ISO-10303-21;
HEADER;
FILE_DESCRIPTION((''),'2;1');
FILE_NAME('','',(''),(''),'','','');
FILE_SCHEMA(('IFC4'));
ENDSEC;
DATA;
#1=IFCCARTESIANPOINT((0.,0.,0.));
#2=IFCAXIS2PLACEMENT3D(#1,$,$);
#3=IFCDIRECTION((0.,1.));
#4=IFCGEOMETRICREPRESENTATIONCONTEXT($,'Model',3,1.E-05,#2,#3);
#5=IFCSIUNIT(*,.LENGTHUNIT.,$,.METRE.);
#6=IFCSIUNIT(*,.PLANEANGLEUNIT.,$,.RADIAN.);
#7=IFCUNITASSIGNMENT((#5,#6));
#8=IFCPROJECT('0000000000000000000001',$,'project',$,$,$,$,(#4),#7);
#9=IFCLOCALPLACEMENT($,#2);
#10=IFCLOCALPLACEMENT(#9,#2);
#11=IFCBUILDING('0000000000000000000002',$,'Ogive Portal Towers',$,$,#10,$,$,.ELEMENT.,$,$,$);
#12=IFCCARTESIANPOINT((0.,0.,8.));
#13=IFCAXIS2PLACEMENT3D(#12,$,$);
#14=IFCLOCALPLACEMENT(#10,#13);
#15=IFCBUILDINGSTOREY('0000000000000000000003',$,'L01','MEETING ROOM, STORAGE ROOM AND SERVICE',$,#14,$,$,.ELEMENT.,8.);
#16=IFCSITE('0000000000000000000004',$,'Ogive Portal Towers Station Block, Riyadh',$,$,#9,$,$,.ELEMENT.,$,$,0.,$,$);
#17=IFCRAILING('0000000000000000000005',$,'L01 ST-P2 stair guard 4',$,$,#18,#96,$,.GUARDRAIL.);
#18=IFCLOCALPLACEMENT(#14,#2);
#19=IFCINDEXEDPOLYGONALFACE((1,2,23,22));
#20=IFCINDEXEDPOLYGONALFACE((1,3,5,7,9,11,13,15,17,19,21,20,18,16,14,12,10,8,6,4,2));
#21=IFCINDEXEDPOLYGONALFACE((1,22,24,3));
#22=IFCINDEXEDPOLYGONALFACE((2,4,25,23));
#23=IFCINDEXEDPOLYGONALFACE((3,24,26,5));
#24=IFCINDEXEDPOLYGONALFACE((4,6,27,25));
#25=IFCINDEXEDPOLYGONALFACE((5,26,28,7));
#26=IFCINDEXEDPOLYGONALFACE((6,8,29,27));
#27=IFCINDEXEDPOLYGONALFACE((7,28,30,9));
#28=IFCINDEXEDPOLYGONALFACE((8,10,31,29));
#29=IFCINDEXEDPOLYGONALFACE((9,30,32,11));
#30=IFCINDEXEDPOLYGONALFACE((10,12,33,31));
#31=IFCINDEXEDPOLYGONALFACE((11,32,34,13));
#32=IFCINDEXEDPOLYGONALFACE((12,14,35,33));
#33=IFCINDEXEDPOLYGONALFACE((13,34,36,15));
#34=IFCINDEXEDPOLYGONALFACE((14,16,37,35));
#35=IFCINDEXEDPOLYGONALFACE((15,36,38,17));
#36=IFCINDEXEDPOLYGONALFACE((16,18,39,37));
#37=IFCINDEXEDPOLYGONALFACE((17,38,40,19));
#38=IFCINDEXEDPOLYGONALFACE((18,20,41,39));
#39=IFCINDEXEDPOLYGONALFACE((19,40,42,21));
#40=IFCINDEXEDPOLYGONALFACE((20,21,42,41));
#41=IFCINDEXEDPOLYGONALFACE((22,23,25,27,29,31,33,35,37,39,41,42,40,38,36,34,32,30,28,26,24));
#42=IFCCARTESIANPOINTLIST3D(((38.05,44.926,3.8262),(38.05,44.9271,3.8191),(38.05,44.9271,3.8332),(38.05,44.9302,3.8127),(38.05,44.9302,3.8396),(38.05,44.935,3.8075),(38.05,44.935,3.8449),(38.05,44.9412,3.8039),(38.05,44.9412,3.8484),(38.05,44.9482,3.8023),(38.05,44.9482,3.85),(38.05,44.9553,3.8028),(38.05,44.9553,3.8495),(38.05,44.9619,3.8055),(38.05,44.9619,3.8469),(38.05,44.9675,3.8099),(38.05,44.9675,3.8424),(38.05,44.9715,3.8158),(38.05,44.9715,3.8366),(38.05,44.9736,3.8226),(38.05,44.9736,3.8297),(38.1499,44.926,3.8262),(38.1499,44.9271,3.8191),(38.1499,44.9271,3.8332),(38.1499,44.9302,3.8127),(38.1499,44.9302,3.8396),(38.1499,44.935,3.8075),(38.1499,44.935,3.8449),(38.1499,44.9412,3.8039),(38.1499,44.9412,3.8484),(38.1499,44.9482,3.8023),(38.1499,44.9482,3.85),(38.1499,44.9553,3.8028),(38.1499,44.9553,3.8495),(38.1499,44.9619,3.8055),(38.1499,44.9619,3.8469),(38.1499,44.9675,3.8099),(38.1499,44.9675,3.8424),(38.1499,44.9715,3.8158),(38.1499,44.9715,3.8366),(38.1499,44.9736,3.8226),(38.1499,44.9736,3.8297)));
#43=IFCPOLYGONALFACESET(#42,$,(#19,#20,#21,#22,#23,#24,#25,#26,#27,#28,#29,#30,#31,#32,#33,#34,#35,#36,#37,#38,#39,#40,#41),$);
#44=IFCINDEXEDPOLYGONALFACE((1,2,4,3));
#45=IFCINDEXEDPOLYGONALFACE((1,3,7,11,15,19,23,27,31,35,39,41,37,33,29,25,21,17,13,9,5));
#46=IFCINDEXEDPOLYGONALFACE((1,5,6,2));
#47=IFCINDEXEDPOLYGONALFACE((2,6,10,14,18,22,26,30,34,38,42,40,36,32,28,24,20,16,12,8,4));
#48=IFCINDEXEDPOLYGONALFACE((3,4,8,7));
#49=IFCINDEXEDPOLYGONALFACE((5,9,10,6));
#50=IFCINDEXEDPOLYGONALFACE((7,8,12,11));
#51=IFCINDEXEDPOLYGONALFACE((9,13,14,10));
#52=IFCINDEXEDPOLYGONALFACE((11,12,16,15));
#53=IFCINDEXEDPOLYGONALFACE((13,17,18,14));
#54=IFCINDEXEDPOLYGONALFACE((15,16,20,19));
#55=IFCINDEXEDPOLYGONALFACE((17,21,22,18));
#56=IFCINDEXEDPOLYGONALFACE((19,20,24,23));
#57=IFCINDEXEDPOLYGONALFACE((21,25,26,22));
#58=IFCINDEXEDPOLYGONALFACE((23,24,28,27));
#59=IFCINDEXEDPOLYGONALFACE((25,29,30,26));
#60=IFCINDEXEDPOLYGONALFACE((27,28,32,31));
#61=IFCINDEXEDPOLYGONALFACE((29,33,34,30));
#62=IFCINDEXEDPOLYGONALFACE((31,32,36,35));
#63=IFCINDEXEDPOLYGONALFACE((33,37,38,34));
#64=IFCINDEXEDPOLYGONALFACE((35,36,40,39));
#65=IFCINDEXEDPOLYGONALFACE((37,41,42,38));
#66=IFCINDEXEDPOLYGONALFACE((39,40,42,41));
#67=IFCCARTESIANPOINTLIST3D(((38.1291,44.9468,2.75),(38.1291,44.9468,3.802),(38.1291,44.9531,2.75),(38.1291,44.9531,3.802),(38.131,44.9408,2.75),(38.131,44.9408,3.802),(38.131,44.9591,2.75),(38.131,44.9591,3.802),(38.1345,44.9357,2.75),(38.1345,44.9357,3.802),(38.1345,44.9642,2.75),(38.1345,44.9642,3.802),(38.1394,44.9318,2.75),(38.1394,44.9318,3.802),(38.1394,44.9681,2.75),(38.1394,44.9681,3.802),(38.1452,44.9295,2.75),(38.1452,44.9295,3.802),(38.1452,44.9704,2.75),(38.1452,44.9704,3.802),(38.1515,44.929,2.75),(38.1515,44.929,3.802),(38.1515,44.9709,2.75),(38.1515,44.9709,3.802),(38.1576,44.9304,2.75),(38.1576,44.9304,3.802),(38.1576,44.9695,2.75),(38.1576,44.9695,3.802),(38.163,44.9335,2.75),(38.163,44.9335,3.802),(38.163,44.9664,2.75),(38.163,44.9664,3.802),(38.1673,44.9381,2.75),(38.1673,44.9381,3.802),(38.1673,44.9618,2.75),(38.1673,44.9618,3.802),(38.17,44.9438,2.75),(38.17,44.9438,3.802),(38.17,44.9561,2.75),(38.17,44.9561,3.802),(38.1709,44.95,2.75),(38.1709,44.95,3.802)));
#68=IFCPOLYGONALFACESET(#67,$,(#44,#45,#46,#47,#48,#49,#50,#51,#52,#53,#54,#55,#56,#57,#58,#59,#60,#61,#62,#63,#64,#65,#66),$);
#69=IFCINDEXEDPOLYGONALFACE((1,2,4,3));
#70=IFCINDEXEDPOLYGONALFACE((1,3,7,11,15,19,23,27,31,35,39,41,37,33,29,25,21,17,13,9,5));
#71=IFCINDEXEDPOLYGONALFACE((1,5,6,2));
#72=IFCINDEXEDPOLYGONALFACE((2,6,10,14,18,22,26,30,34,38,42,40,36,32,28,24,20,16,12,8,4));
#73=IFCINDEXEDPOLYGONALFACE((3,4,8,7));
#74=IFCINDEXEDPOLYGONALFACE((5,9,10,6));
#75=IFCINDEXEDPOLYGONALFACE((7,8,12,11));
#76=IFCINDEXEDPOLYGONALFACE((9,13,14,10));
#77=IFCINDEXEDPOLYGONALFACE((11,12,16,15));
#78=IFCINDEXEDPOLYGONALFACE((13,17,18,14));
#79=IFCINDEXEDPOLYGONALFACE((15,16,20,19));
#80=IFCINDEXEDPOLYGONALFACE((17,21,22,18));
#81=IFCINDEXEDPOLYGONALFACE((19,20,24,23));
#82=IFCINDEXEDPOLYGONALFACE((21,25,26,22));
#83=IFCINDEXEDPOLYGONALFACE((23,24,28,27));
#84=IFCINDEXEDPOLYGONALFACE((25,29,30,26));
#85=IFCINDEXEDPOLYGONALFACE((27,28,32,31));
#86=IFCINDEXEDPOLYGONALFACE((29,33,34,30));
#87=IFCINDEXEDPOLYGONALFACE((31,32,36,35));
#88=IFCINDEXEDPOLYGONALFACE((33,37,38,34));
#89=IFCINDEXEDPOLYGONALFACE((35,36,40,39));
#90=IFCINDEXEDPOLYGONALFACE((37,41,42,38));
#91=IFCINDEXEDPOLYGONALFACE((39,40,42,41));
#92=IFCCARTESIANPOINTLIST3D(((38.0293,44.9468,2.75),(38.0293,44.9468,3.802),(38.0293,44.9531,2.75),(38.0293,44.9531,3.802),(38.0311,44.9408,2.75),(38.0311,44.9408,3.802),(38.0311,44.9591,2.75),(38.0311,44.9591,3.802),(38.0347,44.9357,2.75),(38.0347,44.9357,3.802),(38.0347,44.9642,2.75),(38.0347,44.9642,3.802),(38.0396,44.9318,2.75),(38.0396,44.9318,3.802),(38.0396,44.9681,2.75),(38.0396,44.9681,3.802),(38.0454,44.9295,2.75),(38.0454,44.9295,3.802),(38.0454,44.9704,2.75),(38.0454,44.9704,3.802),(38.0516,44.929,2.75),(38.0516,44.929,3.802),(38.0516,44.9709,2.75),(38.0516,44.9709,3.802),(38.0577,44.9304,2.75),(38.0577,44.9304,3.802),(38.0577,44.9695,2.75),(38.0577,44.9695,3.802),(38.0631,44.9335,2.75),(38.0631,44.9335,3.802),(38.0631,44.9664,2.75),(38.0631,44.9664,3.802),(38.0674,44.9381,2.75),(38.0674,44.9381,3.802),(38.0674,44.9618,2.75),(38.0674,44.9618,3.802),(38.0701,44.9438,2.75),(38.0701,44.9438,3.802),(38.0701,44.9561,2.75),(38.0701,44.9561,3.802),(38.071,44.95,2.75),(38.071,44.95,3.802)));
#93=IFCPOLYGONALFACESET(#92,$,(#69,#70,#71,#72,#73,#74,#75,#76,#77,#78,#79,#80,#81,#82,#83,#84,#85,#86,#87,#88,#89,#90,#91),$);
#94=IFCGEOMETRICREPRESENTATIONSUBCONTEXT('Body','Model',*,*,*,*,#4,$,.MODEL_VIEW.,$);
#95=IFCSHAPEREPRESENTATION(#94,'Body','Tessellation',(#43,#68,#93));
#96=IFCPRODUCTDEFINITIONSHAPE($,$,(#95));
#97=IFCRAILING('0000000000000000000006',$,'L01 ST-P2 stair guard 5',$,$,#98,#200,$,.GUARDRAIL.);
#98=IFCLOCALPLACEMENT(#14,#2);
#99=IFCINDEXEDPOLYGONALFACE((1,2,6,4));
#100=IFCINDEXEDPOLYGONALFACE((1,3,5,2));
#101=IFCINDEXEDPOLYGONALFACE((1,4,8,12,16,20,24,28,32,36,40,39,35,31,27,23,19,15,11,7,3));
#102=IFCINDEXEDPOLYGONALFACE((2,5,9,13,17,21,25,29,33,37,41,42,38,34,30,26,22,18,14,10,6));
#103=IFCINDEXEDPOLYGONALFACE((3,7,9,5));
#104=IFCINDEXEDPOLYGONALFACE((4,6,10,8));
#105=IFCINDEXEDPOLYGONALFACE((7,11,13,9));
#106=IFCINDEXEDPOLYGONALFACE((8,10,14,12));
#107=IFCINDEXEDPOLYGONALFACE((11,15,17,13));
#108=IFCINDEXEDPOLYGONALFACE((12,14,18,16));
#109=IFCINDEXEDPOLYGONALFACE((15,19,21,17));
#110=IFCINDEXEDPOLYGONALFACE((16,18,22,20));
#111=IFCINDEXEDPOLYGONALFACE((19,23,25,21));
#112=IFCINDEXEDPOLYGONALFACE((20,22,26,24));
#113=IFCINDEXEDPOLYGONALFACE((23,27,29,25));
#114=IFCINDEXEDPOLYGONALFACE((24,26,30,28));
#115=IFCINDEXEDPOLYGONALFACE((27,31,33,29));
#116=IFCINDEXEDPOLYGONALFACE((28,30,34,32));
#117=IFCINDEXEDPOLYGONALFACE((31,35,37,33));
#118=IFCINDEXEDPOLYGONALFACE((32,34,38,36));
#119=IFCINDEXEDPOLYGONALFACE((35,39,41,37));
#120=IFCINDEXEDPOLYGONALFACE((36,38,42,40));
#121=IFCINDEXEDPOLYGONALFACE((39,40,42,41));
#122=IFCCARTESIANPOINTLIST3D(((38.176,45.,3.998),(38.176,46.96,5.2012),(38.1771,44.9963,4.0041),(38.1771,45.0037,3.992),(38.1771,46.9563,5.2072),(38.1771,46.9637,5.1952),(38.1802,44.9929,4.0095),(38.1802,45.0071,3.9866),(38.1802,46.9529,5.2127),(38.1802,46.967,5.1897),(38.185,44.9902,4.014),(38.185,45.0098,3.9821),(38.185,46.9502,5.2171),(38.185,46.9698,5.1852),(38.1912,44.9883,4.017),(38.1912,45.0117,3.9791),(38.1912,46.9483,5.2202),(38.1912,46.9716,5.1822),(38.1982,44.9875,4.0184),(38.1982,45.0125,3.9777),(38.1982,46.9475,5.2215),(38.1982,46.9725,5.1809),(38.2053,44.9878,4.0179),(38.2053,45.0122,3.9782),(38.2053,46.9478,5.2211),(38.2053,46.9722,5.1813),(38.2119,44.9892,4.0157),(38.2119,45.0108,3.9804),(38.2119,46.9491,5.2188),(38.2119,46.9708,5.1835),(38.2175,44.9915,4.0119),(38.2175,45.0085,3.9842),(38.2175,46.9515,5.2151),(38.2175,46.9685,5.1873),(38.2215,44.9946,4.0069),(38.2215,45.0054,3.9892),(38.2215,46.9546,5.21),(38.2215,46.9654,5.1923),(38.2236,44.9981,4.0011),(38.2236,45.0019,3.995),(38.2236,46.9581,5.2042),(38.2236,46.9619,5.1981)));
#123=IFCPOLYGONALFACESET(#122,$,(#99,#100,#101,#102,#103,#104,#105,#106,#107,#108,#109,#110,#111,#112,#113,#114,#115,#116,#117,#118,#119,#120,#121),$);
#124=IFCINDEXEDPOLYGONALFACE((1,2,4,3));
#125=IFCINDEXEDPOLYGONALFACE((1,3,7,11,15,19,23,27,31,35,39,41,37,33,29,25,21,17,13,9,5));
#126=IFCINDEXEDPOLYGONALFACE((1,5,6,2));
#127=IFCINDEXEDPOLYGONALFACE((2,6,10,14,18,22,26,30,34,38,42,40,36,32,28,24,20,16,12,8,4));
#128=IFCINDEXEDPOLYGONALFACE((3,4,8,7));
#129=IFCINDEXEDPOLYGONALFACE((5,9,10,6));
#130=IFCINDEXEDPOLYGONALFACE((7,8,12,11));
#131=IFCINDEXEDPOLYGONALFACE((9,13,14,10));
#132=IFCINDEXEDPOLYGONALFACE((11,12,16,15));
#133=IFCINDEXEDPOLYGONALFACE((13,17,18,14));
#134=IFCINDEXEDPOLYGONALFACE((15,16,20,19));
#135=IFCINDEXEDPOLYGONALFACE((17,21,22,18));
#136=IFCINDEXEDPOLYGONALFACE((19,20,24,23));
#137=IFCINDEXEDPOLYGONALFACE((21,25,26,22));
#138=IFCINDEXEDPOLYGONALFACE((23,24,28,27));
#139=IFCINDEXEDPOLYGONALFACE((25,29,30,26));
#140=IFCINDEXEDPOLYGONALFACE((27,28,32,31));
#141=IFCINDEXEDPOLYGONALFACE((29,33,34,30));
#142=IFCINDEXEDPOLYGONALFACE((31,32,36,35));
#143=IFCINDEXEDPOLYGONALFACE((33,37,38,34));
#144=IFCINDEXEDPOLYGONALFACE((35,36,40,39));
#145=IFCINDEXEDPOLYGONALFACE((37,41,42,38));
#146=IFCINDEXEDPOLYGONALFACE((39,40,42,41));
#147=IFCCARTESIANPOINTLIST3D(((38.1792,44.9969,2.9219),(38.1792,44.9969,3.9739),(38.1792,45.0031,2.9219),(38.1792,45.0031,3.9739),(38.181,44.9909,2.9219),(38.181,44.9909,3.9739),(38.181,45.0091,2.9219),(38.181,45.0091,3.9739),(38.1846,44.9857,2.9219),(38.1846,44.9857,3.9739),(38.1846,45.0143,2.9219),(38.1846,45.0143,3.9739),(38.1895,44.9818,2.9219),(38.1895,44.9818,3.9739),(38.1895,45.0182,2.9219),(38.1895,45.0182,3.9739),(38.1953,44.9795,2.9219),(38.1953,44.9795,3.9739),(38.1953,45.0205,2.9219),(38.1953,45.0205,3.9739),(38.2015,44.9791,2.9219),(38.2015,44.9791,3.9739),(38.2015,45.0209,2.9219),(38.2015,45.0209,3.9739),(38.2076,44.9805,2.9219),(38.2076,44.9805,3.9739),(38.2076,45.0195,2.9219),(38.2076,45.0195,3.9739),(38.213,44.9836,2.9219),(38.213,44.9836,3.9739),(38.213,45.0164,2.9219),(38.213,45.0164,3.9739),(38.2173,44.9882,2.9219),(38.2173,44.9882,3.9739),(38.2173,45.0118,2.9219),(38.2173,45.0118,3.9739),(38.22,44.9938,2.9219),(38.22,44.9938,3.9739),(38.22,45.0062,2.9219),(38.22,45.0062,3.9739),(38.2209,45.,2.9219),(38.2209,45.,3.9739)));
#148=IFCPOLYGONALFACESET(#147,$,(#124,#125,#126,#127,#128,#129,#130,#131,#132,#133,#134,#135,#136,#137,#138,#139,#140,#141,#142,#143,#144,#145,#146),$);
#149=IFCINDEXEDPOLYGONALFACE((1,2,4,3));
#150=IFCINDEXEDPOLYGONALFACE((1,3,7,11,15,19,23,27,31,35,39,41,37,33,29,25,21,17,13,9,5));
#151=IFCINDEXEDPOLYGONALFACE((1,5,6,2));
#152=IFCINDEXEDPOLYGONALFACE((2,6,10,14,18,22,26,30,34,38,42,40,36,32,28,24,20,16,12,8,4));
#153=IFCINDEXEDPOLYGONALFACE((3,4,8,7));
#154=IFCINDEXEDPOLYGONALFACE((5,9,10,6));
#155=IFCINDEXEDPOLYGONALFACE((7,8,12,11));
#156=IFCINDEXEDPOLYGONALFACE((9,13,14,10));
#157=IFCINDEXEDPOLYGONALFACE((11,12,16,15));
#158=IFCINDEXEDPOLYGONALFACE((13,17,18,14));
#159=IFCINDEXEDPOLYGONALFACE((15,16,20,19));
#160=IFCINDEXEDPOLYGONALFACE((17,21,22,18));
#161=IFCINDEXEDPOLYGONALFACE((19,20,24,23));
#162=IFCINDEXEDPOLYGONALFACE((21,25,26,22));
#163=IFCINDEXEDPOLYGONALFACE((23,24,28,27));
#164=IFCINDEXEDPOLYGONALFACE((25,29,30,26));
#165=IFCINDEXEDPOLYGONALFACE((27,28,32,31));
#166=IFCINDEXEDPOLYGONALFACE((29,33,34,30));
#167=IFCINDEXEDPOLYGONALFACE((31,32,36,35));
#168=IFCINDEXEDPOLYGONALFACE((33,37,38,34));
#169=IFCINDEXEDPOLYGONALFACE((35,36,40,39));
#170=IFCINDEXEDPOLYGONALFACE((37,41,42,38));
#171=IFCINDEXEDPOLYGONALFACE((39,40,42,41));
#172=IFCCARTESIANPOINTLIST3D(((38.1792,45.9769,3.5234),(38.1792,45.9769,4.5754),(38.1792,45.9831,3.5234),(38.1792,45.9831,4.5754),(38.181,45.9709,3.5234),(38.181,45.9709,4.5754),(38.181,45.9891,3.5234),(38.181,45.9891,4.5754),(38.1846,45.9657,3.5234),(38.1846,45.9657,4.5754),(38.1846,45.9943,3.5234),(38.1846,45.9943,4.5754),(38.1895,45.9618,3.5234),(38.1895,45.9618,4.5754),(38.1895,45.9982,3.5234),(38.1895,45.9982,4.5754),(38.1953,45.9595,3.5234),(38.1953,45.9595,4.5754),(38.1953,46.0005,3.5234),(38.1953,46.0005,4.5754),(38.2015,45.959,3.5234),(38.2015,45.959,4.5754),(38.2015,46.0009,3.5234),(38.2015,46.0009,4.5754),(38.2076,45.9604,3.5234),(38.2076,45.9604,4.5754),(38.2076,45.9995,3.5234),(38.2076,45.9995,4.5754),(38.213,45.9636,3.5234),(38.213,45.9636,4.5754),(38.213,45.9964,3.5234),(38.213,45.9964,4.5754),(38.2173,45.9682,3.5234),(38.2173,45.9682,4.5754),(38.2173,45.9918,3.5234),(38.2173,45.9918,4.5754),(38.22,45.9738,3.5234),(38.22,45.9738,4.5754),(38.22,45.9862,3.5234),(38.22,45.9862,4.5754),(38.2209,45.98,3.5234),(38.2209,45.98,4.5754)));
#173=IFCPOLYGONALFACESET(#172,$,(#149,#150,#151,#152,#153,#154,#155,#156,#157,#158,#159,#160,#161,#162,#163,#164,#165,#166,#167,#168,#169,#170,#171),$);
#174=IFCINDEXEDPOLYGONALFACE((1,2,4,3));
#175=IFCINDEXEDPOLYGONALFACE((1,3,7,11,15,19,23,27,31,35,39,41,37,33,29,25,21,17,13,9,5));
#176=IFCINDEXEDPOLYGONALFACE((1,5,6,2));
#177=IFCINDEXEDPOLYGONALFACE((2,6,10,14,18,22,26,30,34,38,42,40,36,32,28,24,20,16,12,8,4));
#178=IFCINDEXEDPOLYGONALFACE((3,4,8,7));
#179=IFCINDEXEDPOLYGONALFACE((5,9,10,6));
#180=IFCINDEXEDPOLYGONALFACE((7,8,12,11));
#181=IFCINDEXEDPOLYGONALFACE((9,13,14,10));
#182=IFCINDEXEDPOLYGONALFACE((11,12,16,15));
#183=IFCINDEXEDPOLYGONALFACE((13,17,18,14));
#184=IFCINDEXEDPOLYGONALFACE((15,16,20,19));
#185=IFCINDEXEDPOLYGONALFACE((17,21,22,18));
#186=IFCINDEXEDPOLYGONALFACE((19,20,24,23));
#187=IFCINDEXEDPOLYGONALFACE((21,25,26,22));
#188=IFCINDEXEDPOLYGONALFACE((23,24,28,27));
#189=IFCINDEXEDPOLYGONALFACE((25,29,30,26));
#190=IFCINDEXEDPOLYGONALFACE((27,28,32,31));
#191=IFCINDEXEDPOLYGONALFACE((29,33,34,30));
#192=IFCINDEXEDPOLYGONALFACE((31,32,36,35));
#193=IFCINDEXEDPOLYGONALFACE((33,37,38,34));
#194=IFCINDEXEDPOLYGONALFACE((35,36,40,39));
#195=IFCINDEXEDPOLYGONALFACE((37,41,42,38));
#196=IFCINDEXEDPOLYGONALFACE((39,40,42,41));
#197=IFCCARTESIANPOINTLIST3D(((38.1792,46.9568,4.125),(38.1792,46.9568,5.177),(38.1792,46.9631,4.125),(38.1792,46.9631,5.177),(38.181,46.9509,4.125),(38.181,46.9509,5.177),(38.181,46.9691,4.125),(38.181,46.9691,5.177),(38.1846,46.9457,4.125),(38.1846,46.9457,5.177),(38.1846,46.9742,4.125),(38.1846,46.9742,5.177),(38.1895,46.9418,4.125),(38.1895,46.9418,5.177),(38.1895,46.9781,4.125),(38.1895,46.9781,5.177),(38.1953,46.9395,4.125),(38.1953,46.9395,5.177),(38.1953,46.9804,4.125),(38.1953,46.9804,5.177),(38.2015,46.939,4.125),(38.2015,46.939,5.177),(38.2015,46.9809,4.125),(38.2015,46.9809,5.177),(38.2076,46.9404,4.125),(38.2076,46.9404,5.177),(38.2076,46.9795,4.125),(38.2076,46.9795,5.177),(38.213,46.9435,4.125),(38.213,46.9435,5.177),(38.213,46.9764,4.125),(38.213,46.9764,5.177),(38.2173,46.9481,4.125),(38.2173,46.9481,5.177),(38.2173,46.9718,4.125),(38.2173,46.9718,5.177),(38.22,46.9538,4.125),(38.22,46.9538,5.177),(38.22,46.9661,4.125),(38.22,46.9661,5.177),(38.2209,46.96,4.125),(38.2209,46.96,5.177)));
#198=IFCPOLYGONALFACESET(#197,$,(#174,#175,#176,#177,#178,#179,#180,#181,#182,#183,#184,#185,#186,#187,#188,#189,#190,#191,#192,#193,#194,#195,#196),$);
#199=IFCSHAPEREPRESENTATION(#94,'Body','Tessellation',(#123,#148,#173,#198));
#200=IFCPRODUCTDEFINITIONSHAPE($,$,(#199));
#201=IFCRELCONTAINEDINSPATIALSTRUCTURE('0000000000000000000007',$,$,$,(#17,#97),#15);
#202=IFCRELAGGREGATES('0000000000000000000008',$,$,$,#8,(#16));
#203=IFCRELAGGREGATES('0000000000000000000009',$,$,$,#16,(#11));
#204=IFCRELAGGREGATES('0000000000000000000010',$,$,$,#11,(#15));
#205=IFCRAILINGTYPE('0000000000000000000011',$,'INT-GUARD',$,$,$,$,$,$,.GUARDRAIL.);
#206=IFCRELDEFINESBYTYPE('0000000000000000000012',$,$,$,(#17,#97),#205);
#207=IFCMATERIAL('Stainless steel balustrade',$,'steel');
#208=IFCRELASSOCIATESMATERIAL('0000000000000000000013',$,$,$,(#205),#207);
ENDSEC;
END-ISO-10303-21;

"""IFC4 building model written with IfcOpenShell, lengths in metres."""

from ifc_helpers import new_model, si_unit, direction, frame, origin, origin_2d, place, context, subcontext, project, spatial, circle, extrude, material, type_object, element, save


model = new_model("IFC4")

# Units and contexts
model_context = context("Model", 3, precision=1e-05, world=origin(), true_north=direction((0.0, 1.0)))
body_context = subcontext(model_context, "Body", "Model", "MODEL_VIEW")
ifc_project = project(units=[si_unit("LENGTHUNIT", "METRE"), si_unit("PLANEANGLEUNIT", "RADIAN")], contexts=[model_context])

# Site, building, storey
site_placement = place(None, origin())
site = spatial("IfcSite", under=ifc_project, at=site_placement, Name="Ogive Portal Towers Station Block, Riyadh", CompositionType="ELEMENT", RefElevation=0.0)
building_placement = place(site_placement, origin())
building = spatial("IfcBuilding", under=site, at=building_placement, Name="Ogive Portal Towers", CompositionType="ELEMENT")
storey_placement = place(building_placement, frame((0.0, 0.0, 8.0)))
storey = spatial("IfcBuildingStorey", under=building, at=storey_placement, Name="L01", Description="MEETING ROOM, STORAGE ROOM AND SERVICE", CompositionType="ELEMENT", Elevation=8.0)

# Railings
ifc_material_1 = material(Name="Stainless steel balustrade", Category="steel")
railing_type_1 = type_object("IfcRailingType", Name="INT-GUARD", PredefinedType="GUARDRAIL", material=ifc_material_1)
railing_1_placement = place(storey_placement, frame((38.1499, 44.95, 2.75)))
element("IfcRailing", 1, at=railing_1_placement, inside=storey, type_object=railing_type_1, Name="L01 ST-P2 stair guard 4", PredefinedType="GUARDRAIL", context=body_context, shape_type="SweptSolid", body=[
    extrude(circle(Radius=0.0239, at=origin_2d()), frame((0.0, 0.0, 1.0762), z_axis=(-1.0, 0.0, 0.0), x_axis=(0.0, -1.0, 0.0)), (0.0, 0.0, 1.0), 0.0999),
    extrude(circle(Radius=0.021, at=origin_2d()), origin(), (0.0, 0.0, 1.0), 1.052),
    extrude(circle(Radius=0.021, at=origin_2d()), frame((-0.0999, 0.0, 0.0)), (0.0, 0.0, 1.0), 1.052),
])
railing_2_placement = place(storey_placement, frame((38.2, 45.0, 2.9219)))
element("IfcRailing", 2, at=railing_2_placement, inside=storey, type_object=railing_type_1, Name="L01 ST-P2 stair guard 5", PredefinedType="GUARDRAIL", context=body_context, shape_type="SweptSolid", body=[
    extrude(circle(Radius=0.0239, at=origin_2d()), frame((0.0, 0.0, 1.0762), z_axis=(0.0, 0.852241, 0.523149), x_axis=(-1.0, 0.0, 0.0)), (0.0, 0.0, 1.0), 2.2998),
    extrude(circle(Radius=0.021, at=origin_2d()), origin(), (0.0, 0.0, 1.0), 1.052),
    extrude(circle(Radius=0.021, at=origin_2d()), frame((0.0, 0.98, 0.6016)), (0.0, 0.0, 1.0), 1.052),
    extrude(circle(Radius=0.021, at=origin_2d()), frame((0.0, 1.96, 1.2031)), (0.0, 0.0, 1.0), 1.052),
])

save(model, "model.ifc")
